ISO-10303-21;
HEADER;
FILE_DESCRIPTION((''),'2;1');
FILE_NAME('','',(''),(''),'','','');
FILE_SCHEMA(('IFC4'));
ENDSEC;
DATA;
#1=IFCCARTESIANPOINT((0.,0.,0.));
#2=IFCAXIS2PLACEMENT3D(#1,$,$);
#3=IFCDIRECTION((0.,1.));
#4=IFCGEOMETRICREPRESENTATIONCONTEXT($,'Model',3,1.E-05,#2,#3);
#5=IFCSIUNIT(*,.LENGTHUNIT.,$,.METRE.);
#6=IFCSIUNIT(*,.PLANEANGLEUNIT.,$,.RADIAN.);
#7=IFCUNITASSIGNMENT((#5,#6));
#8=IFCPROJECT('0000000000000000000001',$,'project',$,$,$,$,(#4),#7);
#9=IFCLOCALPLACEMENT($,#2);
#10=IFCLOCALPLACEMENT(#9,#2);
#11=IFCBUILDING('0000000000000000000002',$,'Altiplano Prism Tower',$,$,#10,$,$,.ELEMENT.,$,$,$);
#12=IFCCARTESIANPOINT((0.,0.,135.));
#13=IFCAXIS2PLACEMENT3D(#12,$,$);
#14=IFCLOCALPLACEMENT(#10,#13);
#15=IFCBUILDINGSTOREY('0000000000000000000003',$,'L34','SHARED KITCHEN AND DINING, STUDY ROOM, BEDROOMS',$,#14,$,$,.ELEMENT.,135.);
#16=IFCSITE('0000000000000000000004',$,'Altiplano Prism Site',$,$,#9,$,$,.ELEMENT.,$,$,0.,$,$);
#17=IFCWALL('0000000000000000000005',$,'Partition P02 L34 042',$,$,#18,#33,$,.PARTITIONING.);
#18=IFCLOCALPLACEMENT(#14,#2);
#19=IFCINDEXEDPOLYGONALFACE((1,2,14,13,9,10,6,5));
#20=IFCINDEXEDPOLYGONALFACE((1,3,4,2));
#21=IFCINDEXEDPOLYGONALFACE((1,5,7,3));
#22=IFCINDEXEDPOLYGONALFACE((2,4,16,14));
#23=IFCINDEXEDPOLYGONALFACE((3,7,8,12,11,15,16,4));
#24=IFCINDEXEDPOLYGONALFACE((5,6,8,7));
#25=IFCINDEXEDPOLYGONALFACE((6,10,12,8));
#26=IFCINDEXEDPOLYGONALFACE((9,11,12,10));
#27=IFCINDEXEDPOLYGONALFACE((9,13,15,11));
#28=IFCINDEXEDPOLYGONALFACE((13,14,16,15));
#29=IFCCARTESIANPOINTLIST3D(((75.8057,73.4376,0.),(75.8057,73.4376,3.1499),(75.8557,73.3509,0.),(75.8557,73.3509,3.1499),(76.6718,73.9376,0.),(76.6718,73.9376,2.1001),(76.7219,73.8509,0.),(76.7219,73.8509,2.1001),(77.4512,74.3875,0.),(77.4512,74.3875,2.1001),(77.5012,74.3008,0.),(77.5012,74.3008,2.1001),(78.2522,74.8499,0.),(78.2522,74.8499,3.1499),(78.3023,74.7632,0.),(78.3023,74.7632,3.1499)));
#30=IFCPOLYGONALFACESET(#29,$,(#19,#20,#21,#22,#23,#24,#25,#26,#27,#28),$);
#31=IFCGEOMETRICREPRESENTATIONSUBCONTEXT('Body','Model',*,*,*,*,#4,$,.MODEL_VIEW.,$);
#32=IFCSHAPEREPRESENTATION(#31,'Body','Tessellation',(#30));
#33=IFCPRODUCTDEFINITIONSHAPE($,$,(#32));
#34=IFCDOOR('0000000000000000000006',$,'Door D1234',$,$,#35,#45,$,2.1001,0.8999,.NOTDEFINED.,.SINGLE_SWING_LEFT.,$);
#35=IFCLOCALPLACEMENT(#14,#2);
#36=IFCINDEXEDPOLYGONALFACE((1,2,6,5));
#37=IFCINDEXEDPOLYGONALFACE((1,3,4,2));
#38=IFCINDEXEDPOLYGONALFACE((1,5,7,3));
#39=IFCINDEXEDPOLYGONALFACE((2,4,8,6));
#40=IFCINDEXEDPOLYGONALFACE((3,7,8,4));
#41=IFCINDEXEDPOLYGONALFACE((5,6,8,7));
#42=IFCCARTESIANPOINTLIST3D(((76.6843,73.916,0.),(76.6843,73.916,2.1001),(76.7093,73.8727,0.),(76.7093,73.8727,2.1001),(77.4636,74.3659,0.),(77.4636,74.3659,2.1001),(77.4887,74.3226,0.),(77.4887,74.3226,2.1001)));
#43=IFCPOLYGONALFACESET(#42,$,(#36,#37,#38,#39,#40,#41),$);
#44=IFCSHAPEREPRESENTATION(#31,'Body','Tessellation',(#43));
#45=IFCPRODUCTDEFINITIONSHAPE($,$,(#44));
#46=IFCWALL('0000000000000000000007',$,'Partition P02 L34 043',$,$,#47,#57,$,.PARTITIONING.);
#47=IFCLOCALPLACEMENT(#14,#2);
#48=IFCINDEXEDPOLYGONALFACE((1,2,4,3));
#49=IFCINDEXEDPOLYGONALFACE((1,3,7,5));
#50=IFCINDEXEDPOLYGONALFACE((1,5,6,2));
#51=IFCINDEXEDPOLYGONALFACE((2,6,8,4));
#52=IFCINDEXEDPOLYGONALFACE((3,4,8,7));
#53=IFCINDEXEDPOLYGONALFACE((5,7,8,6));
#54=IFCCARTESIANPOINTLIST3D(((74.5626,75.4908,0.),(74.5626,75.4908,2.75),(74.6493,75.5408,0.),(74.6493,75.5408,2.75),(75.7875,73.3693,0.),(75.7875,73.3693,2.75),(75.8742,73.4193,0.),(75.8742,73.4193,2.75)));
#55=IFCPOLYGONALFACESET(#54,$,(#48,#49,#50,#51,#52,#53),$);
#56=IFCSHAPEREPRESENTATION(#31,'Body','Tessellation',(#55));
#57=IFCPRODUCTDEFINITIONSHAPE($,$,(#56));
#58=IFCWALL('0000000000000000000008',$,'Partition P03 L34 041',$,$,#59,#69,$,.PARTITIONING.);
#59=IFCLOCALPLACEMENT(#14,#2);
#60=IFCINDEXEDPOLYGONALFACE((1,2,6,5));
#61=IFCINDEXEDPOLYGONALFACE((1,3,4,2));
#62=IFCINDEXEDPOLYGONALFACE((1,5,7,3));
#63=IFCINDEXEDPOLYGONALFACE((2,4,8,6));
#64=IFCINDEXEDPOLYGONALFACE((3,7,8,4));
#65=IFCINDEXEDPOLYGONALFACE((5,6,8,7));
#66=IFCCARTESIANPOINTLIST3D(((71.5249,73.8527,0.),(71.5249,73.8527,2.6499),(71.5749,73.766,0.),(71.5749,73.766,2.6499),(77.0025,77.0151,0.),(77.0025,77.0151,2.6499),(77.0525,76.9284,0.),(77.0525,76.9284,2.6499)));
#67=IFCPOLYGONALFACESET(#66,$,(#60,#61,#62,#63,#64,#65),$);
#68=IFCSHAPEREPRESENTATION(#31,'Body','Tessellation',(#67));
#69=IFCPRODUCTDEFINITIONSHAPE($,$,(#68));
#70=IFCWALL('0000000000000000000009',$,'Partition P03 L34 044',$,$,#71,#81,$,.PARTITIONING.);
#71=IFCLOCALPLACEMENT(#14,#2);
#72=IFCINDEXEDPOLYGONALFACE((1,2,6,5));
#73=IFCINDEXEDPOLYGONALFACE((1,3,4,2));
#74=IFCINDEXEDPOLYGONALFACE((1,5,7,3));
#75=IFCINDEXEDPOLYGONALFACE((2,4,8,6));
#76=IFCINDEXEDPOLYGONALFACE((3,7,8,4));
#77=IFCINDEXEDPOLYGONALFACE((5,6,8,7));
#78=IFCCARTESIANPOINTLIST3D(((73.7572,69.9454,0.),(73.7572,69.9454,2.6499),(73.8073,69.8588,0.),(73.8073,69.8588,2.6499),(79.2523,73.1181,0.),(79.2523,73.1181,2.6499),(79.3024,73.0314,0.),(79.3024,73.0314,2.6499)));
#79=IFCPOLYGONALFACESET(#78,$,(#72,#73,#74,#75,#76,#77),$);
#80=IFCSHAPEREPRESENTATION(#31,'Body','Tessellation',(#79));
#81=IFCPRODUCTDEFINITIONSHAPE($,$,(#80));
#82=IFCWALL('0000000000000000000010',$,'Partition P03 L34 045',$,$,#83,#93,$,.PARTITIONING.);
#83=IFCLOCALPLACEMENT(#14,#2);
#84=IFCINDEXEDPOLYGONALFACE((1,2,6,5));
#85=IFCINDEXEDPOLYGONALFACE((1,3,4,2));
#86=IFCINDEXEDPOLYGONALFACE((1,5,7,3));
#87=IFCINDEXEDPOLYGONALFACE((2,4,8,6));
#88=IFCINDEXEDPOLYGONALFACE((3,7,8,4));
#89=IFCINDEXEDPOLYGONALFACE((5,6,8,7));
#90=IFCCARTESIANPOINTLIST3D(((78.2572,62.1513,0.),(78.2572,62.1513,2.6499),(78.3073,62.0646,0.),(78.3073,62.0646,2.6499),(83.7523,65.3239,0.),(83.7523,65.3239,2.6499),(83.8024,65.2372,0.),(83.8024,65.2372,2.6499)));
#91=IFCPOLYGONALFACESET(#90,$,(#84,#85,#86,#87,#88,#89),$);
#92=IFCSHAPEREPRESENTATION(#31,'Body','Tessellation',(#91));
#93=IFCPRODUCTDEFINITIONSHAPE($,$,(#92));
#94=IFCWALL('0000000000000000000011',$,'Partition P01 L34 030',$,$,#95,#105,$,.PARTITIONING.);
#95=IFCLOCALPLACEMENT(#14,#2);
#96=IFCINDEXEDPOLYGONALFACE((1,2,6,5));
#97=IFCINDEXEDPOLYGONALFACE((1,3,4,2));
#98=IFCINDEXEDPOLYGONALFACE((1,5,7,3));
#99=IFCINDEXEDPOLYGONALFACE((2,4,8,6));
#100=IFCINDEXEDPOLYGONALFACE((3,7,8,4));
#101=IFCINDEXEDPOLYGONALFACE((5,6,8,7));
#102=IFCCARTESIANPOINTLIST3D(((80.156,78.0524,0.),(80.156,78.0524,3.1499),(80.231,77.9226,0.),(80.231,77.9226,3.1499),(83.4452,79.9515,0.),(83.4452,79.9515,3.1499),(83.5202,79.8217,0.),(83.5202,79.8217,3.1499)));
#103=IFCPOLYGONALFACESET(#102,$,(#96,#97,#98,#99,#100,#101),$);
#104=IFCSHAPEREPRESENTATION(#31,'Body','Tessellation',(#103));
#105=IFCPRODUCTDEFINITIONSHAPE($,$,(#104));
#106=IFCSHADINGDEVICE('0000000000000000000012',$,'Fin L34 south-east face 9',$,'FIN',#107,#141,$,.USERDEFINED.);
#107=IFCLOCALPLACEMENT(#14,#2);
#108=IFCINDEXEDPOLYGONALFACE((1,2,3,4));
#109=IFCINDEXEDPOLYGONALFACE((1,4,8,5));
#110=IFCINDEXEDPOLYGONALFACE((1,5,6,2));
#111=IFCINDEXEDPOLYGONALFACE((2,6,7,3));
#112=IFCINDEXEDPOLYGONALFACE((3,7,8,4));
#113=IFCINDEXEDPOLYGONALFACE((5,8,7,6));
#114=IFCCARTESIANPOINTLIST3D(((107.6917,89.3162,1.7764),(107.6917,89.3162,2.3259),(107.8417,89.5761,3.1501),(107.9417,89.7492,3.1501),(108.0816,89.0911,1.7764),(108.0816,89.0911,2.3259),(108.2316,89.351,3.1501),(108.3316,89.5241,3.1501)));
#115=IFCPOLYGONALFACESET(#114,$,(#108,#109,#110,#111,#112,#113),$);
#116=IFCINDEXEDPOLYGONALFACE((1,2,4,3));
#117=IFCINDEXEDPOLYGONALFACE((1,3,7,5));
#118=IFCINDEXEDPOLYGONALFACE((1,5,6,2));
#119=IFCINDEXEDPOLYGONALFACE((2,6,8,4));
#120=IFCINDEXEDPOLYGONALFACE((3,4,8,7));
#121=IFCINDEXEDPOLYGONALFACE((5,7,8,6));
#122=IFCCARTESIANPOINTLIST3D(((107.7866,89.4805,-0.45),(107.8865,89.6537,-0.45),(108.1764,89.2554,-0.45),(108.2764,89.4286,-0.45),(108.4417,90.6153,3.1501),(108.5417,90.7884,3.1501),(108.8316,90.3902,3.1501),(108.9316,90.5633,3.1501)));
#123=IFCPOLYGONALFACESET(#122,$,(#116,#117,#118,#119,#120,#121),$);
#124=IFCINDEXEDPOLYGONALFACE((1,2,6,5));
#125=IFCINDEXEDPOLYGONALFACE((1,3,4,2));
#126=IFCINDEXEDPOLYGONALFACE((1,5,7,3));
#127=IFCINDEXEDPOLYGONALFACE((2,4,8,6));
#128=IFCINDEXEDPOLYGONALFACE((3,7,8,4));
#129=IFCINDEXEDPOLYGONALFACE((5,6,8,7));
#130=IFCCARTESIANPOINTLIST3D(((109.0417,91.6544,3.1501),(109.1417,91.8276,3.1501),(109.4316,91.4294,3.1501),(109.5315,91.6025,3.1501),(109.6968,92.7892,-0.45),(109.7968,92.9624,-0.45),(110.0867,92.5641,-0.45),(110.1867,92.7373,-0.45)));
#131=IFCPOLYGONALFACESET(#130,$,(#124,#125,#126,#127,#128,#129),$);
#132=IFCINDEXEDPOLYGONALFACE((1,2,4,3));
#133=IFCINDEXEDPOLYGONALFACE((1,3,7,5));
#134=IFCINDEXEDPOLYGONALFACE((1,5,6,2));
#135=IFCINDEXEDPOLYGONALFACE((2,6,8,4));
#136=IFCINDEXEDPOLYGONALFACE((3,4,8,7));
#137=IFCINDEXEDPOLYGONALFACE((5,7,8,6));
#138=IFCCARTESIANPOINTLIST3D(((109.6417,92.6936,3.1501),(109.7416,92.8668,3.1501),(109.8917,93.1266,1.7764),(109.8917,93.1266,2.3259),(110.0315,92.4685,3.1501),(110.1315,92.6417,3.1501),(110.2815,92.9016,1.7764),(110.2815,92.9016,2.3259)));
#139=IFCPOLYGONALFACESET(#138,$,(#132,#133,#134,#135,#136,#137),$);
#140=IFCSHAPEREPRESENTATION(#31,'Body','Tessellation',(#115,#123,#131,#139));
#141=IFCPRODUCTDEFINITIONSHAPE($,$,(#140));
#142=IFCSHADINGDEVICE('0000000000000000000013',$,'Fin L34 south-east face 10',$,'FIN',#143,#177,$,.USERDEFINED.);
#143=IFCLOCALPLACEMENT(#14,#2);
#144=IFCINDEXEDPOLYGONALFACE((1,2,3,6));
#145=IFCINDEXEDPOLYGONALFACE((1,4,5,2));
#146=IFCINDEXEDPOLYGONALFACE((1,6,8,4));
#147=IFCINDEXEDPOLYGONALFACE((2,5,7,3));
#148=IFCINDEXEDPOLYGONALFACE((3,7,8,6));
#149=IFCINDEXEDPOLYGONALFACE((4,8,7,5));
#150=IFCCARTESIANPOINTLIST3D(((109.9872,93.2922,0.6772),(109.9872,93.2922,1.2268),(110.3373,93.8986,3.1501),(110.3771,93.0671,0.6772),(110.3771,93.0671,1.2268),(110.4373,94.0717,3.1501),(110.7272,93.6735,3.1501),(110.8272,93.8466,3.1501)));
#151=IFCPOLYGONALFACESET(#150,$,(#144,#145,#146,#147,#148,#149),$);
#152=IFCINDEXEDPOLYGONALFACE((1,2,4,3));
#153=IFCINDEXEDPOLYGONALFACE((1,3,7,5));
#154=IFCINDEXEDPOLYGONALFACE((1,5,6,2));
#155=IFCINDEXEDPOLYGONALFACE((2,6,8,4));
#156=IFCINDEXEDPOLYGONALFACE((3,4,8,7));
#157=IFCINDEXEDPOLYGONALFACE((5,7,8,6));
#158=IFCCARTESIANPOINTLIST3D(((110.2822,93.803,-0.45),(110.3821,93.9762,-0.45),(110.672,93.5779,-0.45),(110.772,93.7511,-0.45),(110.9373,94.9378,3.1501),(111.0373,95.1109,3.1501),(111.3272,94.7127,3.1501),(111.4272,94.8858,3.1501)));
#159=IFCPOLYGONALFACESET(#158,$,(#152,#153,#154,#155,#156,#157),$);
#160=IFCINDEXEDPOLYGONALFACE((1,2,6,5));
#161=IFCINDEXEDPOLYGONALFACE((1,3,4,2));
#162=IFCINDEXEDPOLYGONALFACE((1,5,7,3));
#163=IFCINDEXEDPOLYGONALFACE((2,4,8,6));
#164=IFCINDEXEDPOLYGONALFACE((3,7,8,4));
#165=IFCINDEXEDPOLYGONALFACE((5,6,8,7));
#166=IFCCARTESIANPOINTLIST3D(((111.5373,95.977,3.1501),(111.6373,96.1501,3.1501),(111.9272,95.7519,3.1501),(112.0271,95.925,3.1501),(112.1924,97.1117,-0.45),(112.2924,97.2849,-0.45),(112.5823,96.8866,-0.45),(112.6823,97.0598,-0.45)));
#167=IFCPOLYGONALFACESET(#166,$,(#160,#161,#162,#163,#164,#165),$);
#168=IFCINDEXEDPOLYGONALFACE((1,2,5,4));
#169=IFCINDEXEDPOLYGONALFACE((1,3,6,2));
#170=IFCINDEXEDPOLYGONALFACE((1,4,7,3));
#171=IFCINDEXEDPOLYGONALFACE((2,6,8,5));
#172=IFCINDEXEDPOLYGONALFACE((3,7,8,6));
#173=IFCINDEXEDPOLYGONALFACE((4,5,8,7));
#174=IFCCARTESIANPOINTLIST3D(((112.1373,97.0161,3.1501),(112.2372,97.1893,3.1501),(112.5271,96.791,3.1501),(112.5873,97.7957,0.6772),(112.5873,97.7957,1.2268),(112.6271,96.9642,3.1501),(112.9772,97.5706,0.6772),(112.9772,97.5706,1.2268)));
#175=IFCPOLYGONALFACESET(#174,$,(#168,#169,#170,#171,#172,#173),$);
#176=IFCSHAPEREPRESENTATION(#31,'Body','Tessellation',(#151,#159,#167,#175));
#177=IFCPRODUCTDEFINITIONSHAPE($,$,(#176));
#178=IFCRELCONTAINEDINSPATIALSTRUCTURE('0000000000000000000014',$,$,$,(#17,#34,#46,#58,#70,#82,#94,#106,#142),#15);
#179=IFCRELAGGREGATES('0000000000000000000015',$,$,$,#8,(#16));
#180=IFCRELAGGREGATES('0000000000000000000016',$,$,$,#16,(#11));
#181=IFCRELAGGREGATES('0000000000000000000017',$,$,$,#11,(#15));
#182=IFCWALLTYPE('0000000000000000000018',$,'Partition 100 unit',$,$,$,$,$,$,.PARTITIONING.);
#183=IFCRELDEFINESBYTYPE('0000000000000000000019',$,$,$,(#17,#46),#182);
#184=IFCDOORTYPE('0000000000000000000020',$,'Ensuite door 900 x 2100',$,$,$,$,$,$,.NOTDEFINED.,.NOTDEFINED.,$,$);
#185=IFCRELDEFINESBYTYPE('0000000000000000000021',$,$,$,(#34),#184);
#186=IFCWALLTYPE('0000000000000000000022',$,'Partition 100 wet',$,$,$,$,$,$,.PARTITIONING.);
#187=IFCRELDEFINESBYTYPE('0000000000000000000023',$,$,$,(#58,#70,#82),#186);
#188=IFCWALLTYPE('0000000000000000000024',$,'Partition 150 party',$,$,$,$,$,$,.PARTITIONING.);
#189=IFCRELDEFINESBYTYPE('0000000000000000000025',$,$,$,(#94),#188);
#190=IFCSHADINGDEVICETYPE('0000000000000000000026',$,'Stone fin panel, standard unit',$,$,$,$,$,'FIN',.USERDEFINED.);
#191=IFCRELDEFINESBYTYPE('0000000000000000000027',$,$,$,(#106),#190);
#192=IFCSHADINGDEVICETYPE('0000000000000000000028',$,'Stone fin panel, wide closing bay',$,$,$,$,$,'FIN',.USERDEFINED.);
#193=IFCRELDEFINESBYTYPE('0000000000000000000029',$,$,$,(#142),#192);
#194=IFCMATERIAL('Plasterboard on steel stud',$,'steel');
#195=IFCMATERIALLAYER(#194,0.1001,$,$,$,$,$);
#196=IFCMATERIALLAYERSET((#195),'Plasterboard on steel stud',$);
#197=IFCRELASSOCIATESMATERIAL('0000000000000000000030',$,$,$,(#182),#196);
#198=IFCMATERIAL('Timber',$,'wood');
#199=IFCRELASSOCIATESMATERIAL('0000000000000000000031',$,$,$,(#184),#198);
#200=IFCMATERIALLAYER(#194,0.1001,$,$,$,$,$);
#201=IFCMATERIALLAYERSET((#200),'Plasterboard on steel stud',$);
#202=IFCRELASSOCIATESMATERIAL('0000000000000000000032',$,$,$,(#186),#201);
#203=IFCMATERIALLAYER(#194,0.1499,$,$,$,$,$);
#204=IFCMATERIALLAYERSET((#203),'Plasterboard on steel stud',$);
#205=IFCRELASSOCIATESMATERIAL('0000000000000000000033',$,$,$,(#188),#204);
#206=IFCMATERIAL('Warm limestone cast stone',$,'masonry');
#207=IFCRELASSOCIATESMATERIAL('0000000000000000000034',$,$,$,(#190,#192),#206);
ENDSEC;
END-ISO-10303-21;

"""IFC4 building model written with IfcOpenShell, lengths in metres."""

from ifc_helpers import new_model, si_unit, direction, frame, frame_2d, origin, place, context, subcontext, project, spatial, polyline, rectangle, outline, extrude, source, transform, mapped, material, layer, layer_set, type_object, element, fill, save


model = new_model("IFC4")

# Units and contexts
model_context = context("Model", 3, precision=1e-05, world=origin(), true_north=direction((0.0, 1.0)))
body_context = subcontext(model_context, "Body", "Model", "MODEL_VIEW")
ifc_project = project(units=[si_unit("LENGTHUNIT", "METRE"), si_unit("PLANEANGLEUNIT", "RADIAN")], contexts=[model_context])

# Site, building, storey
site_placement = place(None, origin())
site = spatial("IfcSite", under=ifc_project, at=site_placement, Name="Altiplano Prism Site", CompositionType="ELEMENT", RefElevation=0.0)
building_placement = place(site_placement, origin())
building = spatial("IfcBuilding", under=site, at=building_placement, Name="Altiplano Prism Tower", CompositionType="ELEMENT")
storey_placement = place(building_placement, frame((0.0, 0.0, 135.0)))
storey = spatial("IfcBuildingStorey", under=building, at=storey_placement, Name="L34", Description="SHARED KITCHEN AND DINING, STUDY ROOM, BEDROOMS", CompositionType="ELEMENT", Elevation=135.0)

# Wall, opening, door
ifc_material_1 = material(Name="Plasterboard on steel stud", Category="steel")
ifc_layer_1 = layer(ifc_material_1, 0.1001)
ifc_layer_set_1 = layer_set([ifc_layer_1], Name="Plasterboard on steel stud")
wall_type_1 = type_object("IfcWallType", Name="Partition 100 unit", PredefinedType="PARTITIONING", material=ifc_layer_set_1)
wall_1_placement = place(storey_placement, frame((78.2773, 74.8066, 0.0), z_axis=(0.0, 0.0, 1.0), x_axis=(-0.866049, -0.499959, 0.0)))
wall_1 = element("IfcWall", 1, at=wall_1_placement, inside=storey, type_object=wall_type_1, Name="Partition P02 L34 042", PredefinedType="PARTITIONING", context=body_context, shape_type="SweptSolid", body=[
    extrude(rectangle(XDim=2.825, YDim=0.1001, at=frame_2d((1.4126, 0.0))), origin(), (0.0, 0.0, 1.0), 3.1499),
])
opening_placement = place(wall_1_placement, frame((0.925, 0.0, 0.0)))
opening = element("IfcOpeningElement", 2, at=opening_placement, cuts=wall_1, PredefinedType="OPENING", context=body_context, shape_type="SweptSolid", body=[
    extrude(rectangle(XDim=0.8999, YDim=2.1001, at=frame_2d((0.45, 1.05))), frame((0.0, 0.0605, 0.0), z_axis=(0.0, -1.0, 0.0), x_axis=(1.0, 0.0, 0.0)), (0.0, 0.0, 1.0), 0.1211),
])
ifc_material_2 = material(Name="Timber", Category="wood")
door_type = type_object("IfcDoorType", Name="Ensuite door 900 x 2100", OperationType="NOTDEFINED", PredefinedType="NOTDEFINED", material=ifc_material_2)
door_placement = place(opening_placement, origin())
door = element("IfcDoor", 3, at=door_placement, inside=storey, type_object=door_type, Name="Door D1234", OperationType="SINGLE_SWING_LEFT", OverallHeight=2.1001, OverallWidth=0.8999, PredefinedType="NOTDEFINED", context=body_context, shape_type="SweptSolid", body=[
    extrude(rectangle(XDim=0.8999, YDim=2.1001, at=frame_2d((0.45, 1.05))), frame((0.0, 0.0249, 0.0), z_axis=(0.0, -1.0, 0.0), x_axis=(1.0, 0.0, 0.0)), (0.0, 0.0, 1.0), 0.05),
])
fill(opening, door)

# Walls
wall_2_placement = place(storey_placement, frame((75.8308, 73.3943, 0.0), z_axis=(0.0, 0.0, 1.0), x_axis=(-0.499987, 0.866033, 0.0)))
element("IfcWall", 4, at=wall_2_placement, inside=storey, type_object=wall_type_1, Name="Partition P02 L34 043", PredefinedType="PARTITIONING", context=body_context, shape_type="SweptSolid", body=[
    extrude(rectangle(XDim=2.4497, YDim=0.1001, at=frame_2d((1.2249, 0.0))), origin(), (0.0, 0.0, 1.0), 2.75),
])
ifc_layer_2 = layer(ifc_material_1, 0.1001)
ifc_layer_set_2 = layer_set([ifc_layer_2], Name="Plasterboard on steel stud")
wall_type_2 = type_object("IfcWallType", Name="Partition 100 wet", PredefinedType="PARTITIONING", material=ifc_layer_set_2)
wall_3_placement = place(storey_placement, frame((71.5498, 73.8093, 0.0), z_axis=(0.0, 0.0, 1.0), x_axis=(0.866033, 0.499988, 0.0)))
element("IfcWall", 5, at=wall_3_placement, inside=storey, type_object=wall_type_2, Name="Partition P03 L34 041", PredefinedType="PARTITIONING", context=body_context, shape_type="SweptSolid", body=[
    extrude(rectangle(XDim=6.325, YDim=0.1001, at=frame_2d((3.1626, 0.0))), origin(), (0.0, 0.0, 1.0), 2.6499),
])
for number, where, z_axis, x_axis, name in (
    (6, (73.7822, 69.9021, 0.0), (0.0, 0.0, 1.0), (0.866025, 0.5, 0.0), "Partition P03 L34 044"),
    (7, (78.2822, 62.1079, 0.0), (0.0, 0.0, 1.0), (0.866025, 0.5, 0.0), "Partition P03 L34 045"),
):
    element("IfcWall", number, at=place(storey_placement, frame(where, z_axis=z_axis, x_axis=x_axis)), inside=storey, type_object=wall_type_2, Name=name, PredefinedType="PARTITIONING", context=body_context, shape_type="SweptSolid", body=[
        extrude(rectangle(XDim=6.3452, YDim=0.1001, at=frame_2d((3.1726, 0.0))), origin(), (0.0, 0.0, 1.0), 2.6499),
    ])
ifc_layer_3 = layer(ifc_material_1, 0.1499)
ifc_layer_set_3 = layer_set([ifc_layer_3], Name="Plasterboard on steel stud")
wall_type_3 = type_object("IfcWallType", Name="Partition 150 party", PredefinedType="PARTITIONING", material=ifc_layer_set_3)
wall_4_placement = place(storey_placement, frame((80.1936, 77.9875, 0.0), z_axis=(0.0, 0.0, 1.0), x_axis=(0.866015, 0.500017, 0.0)))
element("IfcWall", 8, at=wall_4_placement, inside=storey, type_object=wall_type_3, Name="Partition P01 L34 030", PredefinedType="PARTITIONING", context=body_context, shape_type="SweptSolid", body=[
    extrude(rectangle(XDim=3.7981, YDim=0.1499, at=frame_2d((1.8989, 0.0))), origin(), (0.0, 0.0, 1.0), 3.1499),
])

# Shading devices
ifc_material_3 = material(Name="Warm limestone cast stone", Category="masonry")
shading_device_type_1 = type_object("IfcShadingDeviceType", Name="Stone fin panel, standard unit", ElementType="FIN", PredefinedType="USERDEFINED", material=ifc_material_3)
shared_shape_1 = source(origin(), body_context, "Body", "SweptSolid", [
    extrude(outline(polyline([(-2.2, 2.2263), (-1.7, 3.6001), (-1.8999, 3.6001), (-2.2, 2.7759), (-2.2, 2.2263)])), frame((0.0, -0.1499, 0.0), z_axis=(0.0, -1.0, 0.0), x_axis=(1.0, 0.0, 0.0)), (0.0, 0.0, 1.0), 0.4502),
    extrude(outline(polyline([(-2.0103, 0.0), (-1.8103, 0.0), (-0.5, 3.6001), (-0.7, 3.6001), (-2.0103, 0.0)])), frame((0.0, -0.1499, 0.0), z_axis=(0.0, -1.0, 0.0), x_axis=(1.0, 0.0, 0.0)), (0.0, 0.0, 1.0), 0.4502),
    extrude(outline(polyline([(1.8103, 0.0), (2.0103, 0.0), (0.7, 3.6001), (0.5, 3.6001), (1.8103, 0.0)])), frame((0.0, -0.1499, 0.0), z_axis=(0.0, -1.0, 0.0), x_axis=(1.0, 0.0, 0.0)), (0.0, 0.0, 1.0), 0.4502),
    extrude(outline(polyline([(2.2, 2.7759), (1.8999, 3.6001), (1.7, 3.6001), (2.2, 2.2263), (2.2, 2.7759)])), frame((0.0, -0.1499, 0.0), z_axis=(0.0, -1.0, 0.0), x_axis=(1.0, 0.0, 0.0)), (0.0, 0.0, 1.0), 0.4502),
])
shading_device_1_placement = place(storey_placement, origin())
element("IfcShadingDevice", 9, at=shading_device_1_placement, inside=storey, type_object=shading_device_type_1, Name="Fin L34 south-east face 9", ObjectType="FIN", PredefinedType="USERDEFINED", context=body_context, shape_type="MappedRepresentation", body=[
    mapped(shared_shape_1, transform((108.6619, 91.2964, -0.45), x_axis=(0.5, 0.866025, 0.0), y_axis=(-0.866025, 0.5, 0.0), z_axis=(0.0, 0.0, 1.0))),
])
shading_device_type_2 = type_object("IfcShadingDeviceType", Name="Stone fin panel, wide closing bay", ElementType="FIN", PredefinedType="USERDEFINED", material=ifc_material_3)
shared_shape_2 = source(origin(), body_context, "Body", "SweptSolid", [
    extrude(outline(polyline([(-2.6001, 1.1272), (-1.7, 3.6001), (-1.8999, 3.6001), (-2.6001, 1.6768), (-2.6001, 1.1272)])), frame((0.0, -0.1499, 0.0), z_axis=(0.0, -1.0, 0.0), x_axis=(1.0, 0.0, 0.0)), (0.0, 0.0, 1.0), 0.4502),
    extrude(outline(polyline([(-2.0103, 0.0), (-1.8103, 0.0), (-0.5, 3.6001), (-0.7, 3.6001), (-2.0103, 0.0)])), frame((0.0, -0.1499, 0.0), z_axis=(0.0, -1.0, 0.0), x_axis=(1.0, 0.0, 0.0)), (0.0, 0.0, 1.0), 0.4502),
    extrude(outline(polyline([(1.8103, 0.0), (2.0103, 0.0), (0.7, 3.6001), (0.5, 3.6001), (1.8103, 0.0)])), frame((0.0, -0.1499, 0.0), z_axis=(0.0, -1.0, 0.0), x_axis=(1.0, 0.0, 0.0)), (0.0, 0.0, 1.0), 0.4502),
    extrude(outline(polyline([(2.6001, 1.6768), (1.8999, 3.6001), (1.7, 3.6001), (2.6001, 1.1272), (2.6001, 1.6768)])), frame((0.0, -0.1499, 0.0), z_axis=(0.0, -1.0, 0.0), x_axis=(1.0, 0.0, 0.0)), (0.0, 0.0, 1.0), 0.4502),
])
shading_device_2_placement = place(storey_placement, origin())
element("IfcShadingDevice", 10, at=shading_device_2_placement, inside=storey, type_object=shading_device_type_2, Name="Fin L34 south-east face 10", ObjectType="FIN", PredefinedType="USERDEFINED", context=body_context, shape_type="MappedRepresentation", body=[
    mapped(shared_shape_2, transform((111.1575, 95.6189, -0.45), x_axis=(0.5, 0.866025, 0.0), y_axis=(-0.866025, 0.5, 0.0), z_axis=(0.0, 0.0, 1.0))),
])

save(model, "model.ifc")
